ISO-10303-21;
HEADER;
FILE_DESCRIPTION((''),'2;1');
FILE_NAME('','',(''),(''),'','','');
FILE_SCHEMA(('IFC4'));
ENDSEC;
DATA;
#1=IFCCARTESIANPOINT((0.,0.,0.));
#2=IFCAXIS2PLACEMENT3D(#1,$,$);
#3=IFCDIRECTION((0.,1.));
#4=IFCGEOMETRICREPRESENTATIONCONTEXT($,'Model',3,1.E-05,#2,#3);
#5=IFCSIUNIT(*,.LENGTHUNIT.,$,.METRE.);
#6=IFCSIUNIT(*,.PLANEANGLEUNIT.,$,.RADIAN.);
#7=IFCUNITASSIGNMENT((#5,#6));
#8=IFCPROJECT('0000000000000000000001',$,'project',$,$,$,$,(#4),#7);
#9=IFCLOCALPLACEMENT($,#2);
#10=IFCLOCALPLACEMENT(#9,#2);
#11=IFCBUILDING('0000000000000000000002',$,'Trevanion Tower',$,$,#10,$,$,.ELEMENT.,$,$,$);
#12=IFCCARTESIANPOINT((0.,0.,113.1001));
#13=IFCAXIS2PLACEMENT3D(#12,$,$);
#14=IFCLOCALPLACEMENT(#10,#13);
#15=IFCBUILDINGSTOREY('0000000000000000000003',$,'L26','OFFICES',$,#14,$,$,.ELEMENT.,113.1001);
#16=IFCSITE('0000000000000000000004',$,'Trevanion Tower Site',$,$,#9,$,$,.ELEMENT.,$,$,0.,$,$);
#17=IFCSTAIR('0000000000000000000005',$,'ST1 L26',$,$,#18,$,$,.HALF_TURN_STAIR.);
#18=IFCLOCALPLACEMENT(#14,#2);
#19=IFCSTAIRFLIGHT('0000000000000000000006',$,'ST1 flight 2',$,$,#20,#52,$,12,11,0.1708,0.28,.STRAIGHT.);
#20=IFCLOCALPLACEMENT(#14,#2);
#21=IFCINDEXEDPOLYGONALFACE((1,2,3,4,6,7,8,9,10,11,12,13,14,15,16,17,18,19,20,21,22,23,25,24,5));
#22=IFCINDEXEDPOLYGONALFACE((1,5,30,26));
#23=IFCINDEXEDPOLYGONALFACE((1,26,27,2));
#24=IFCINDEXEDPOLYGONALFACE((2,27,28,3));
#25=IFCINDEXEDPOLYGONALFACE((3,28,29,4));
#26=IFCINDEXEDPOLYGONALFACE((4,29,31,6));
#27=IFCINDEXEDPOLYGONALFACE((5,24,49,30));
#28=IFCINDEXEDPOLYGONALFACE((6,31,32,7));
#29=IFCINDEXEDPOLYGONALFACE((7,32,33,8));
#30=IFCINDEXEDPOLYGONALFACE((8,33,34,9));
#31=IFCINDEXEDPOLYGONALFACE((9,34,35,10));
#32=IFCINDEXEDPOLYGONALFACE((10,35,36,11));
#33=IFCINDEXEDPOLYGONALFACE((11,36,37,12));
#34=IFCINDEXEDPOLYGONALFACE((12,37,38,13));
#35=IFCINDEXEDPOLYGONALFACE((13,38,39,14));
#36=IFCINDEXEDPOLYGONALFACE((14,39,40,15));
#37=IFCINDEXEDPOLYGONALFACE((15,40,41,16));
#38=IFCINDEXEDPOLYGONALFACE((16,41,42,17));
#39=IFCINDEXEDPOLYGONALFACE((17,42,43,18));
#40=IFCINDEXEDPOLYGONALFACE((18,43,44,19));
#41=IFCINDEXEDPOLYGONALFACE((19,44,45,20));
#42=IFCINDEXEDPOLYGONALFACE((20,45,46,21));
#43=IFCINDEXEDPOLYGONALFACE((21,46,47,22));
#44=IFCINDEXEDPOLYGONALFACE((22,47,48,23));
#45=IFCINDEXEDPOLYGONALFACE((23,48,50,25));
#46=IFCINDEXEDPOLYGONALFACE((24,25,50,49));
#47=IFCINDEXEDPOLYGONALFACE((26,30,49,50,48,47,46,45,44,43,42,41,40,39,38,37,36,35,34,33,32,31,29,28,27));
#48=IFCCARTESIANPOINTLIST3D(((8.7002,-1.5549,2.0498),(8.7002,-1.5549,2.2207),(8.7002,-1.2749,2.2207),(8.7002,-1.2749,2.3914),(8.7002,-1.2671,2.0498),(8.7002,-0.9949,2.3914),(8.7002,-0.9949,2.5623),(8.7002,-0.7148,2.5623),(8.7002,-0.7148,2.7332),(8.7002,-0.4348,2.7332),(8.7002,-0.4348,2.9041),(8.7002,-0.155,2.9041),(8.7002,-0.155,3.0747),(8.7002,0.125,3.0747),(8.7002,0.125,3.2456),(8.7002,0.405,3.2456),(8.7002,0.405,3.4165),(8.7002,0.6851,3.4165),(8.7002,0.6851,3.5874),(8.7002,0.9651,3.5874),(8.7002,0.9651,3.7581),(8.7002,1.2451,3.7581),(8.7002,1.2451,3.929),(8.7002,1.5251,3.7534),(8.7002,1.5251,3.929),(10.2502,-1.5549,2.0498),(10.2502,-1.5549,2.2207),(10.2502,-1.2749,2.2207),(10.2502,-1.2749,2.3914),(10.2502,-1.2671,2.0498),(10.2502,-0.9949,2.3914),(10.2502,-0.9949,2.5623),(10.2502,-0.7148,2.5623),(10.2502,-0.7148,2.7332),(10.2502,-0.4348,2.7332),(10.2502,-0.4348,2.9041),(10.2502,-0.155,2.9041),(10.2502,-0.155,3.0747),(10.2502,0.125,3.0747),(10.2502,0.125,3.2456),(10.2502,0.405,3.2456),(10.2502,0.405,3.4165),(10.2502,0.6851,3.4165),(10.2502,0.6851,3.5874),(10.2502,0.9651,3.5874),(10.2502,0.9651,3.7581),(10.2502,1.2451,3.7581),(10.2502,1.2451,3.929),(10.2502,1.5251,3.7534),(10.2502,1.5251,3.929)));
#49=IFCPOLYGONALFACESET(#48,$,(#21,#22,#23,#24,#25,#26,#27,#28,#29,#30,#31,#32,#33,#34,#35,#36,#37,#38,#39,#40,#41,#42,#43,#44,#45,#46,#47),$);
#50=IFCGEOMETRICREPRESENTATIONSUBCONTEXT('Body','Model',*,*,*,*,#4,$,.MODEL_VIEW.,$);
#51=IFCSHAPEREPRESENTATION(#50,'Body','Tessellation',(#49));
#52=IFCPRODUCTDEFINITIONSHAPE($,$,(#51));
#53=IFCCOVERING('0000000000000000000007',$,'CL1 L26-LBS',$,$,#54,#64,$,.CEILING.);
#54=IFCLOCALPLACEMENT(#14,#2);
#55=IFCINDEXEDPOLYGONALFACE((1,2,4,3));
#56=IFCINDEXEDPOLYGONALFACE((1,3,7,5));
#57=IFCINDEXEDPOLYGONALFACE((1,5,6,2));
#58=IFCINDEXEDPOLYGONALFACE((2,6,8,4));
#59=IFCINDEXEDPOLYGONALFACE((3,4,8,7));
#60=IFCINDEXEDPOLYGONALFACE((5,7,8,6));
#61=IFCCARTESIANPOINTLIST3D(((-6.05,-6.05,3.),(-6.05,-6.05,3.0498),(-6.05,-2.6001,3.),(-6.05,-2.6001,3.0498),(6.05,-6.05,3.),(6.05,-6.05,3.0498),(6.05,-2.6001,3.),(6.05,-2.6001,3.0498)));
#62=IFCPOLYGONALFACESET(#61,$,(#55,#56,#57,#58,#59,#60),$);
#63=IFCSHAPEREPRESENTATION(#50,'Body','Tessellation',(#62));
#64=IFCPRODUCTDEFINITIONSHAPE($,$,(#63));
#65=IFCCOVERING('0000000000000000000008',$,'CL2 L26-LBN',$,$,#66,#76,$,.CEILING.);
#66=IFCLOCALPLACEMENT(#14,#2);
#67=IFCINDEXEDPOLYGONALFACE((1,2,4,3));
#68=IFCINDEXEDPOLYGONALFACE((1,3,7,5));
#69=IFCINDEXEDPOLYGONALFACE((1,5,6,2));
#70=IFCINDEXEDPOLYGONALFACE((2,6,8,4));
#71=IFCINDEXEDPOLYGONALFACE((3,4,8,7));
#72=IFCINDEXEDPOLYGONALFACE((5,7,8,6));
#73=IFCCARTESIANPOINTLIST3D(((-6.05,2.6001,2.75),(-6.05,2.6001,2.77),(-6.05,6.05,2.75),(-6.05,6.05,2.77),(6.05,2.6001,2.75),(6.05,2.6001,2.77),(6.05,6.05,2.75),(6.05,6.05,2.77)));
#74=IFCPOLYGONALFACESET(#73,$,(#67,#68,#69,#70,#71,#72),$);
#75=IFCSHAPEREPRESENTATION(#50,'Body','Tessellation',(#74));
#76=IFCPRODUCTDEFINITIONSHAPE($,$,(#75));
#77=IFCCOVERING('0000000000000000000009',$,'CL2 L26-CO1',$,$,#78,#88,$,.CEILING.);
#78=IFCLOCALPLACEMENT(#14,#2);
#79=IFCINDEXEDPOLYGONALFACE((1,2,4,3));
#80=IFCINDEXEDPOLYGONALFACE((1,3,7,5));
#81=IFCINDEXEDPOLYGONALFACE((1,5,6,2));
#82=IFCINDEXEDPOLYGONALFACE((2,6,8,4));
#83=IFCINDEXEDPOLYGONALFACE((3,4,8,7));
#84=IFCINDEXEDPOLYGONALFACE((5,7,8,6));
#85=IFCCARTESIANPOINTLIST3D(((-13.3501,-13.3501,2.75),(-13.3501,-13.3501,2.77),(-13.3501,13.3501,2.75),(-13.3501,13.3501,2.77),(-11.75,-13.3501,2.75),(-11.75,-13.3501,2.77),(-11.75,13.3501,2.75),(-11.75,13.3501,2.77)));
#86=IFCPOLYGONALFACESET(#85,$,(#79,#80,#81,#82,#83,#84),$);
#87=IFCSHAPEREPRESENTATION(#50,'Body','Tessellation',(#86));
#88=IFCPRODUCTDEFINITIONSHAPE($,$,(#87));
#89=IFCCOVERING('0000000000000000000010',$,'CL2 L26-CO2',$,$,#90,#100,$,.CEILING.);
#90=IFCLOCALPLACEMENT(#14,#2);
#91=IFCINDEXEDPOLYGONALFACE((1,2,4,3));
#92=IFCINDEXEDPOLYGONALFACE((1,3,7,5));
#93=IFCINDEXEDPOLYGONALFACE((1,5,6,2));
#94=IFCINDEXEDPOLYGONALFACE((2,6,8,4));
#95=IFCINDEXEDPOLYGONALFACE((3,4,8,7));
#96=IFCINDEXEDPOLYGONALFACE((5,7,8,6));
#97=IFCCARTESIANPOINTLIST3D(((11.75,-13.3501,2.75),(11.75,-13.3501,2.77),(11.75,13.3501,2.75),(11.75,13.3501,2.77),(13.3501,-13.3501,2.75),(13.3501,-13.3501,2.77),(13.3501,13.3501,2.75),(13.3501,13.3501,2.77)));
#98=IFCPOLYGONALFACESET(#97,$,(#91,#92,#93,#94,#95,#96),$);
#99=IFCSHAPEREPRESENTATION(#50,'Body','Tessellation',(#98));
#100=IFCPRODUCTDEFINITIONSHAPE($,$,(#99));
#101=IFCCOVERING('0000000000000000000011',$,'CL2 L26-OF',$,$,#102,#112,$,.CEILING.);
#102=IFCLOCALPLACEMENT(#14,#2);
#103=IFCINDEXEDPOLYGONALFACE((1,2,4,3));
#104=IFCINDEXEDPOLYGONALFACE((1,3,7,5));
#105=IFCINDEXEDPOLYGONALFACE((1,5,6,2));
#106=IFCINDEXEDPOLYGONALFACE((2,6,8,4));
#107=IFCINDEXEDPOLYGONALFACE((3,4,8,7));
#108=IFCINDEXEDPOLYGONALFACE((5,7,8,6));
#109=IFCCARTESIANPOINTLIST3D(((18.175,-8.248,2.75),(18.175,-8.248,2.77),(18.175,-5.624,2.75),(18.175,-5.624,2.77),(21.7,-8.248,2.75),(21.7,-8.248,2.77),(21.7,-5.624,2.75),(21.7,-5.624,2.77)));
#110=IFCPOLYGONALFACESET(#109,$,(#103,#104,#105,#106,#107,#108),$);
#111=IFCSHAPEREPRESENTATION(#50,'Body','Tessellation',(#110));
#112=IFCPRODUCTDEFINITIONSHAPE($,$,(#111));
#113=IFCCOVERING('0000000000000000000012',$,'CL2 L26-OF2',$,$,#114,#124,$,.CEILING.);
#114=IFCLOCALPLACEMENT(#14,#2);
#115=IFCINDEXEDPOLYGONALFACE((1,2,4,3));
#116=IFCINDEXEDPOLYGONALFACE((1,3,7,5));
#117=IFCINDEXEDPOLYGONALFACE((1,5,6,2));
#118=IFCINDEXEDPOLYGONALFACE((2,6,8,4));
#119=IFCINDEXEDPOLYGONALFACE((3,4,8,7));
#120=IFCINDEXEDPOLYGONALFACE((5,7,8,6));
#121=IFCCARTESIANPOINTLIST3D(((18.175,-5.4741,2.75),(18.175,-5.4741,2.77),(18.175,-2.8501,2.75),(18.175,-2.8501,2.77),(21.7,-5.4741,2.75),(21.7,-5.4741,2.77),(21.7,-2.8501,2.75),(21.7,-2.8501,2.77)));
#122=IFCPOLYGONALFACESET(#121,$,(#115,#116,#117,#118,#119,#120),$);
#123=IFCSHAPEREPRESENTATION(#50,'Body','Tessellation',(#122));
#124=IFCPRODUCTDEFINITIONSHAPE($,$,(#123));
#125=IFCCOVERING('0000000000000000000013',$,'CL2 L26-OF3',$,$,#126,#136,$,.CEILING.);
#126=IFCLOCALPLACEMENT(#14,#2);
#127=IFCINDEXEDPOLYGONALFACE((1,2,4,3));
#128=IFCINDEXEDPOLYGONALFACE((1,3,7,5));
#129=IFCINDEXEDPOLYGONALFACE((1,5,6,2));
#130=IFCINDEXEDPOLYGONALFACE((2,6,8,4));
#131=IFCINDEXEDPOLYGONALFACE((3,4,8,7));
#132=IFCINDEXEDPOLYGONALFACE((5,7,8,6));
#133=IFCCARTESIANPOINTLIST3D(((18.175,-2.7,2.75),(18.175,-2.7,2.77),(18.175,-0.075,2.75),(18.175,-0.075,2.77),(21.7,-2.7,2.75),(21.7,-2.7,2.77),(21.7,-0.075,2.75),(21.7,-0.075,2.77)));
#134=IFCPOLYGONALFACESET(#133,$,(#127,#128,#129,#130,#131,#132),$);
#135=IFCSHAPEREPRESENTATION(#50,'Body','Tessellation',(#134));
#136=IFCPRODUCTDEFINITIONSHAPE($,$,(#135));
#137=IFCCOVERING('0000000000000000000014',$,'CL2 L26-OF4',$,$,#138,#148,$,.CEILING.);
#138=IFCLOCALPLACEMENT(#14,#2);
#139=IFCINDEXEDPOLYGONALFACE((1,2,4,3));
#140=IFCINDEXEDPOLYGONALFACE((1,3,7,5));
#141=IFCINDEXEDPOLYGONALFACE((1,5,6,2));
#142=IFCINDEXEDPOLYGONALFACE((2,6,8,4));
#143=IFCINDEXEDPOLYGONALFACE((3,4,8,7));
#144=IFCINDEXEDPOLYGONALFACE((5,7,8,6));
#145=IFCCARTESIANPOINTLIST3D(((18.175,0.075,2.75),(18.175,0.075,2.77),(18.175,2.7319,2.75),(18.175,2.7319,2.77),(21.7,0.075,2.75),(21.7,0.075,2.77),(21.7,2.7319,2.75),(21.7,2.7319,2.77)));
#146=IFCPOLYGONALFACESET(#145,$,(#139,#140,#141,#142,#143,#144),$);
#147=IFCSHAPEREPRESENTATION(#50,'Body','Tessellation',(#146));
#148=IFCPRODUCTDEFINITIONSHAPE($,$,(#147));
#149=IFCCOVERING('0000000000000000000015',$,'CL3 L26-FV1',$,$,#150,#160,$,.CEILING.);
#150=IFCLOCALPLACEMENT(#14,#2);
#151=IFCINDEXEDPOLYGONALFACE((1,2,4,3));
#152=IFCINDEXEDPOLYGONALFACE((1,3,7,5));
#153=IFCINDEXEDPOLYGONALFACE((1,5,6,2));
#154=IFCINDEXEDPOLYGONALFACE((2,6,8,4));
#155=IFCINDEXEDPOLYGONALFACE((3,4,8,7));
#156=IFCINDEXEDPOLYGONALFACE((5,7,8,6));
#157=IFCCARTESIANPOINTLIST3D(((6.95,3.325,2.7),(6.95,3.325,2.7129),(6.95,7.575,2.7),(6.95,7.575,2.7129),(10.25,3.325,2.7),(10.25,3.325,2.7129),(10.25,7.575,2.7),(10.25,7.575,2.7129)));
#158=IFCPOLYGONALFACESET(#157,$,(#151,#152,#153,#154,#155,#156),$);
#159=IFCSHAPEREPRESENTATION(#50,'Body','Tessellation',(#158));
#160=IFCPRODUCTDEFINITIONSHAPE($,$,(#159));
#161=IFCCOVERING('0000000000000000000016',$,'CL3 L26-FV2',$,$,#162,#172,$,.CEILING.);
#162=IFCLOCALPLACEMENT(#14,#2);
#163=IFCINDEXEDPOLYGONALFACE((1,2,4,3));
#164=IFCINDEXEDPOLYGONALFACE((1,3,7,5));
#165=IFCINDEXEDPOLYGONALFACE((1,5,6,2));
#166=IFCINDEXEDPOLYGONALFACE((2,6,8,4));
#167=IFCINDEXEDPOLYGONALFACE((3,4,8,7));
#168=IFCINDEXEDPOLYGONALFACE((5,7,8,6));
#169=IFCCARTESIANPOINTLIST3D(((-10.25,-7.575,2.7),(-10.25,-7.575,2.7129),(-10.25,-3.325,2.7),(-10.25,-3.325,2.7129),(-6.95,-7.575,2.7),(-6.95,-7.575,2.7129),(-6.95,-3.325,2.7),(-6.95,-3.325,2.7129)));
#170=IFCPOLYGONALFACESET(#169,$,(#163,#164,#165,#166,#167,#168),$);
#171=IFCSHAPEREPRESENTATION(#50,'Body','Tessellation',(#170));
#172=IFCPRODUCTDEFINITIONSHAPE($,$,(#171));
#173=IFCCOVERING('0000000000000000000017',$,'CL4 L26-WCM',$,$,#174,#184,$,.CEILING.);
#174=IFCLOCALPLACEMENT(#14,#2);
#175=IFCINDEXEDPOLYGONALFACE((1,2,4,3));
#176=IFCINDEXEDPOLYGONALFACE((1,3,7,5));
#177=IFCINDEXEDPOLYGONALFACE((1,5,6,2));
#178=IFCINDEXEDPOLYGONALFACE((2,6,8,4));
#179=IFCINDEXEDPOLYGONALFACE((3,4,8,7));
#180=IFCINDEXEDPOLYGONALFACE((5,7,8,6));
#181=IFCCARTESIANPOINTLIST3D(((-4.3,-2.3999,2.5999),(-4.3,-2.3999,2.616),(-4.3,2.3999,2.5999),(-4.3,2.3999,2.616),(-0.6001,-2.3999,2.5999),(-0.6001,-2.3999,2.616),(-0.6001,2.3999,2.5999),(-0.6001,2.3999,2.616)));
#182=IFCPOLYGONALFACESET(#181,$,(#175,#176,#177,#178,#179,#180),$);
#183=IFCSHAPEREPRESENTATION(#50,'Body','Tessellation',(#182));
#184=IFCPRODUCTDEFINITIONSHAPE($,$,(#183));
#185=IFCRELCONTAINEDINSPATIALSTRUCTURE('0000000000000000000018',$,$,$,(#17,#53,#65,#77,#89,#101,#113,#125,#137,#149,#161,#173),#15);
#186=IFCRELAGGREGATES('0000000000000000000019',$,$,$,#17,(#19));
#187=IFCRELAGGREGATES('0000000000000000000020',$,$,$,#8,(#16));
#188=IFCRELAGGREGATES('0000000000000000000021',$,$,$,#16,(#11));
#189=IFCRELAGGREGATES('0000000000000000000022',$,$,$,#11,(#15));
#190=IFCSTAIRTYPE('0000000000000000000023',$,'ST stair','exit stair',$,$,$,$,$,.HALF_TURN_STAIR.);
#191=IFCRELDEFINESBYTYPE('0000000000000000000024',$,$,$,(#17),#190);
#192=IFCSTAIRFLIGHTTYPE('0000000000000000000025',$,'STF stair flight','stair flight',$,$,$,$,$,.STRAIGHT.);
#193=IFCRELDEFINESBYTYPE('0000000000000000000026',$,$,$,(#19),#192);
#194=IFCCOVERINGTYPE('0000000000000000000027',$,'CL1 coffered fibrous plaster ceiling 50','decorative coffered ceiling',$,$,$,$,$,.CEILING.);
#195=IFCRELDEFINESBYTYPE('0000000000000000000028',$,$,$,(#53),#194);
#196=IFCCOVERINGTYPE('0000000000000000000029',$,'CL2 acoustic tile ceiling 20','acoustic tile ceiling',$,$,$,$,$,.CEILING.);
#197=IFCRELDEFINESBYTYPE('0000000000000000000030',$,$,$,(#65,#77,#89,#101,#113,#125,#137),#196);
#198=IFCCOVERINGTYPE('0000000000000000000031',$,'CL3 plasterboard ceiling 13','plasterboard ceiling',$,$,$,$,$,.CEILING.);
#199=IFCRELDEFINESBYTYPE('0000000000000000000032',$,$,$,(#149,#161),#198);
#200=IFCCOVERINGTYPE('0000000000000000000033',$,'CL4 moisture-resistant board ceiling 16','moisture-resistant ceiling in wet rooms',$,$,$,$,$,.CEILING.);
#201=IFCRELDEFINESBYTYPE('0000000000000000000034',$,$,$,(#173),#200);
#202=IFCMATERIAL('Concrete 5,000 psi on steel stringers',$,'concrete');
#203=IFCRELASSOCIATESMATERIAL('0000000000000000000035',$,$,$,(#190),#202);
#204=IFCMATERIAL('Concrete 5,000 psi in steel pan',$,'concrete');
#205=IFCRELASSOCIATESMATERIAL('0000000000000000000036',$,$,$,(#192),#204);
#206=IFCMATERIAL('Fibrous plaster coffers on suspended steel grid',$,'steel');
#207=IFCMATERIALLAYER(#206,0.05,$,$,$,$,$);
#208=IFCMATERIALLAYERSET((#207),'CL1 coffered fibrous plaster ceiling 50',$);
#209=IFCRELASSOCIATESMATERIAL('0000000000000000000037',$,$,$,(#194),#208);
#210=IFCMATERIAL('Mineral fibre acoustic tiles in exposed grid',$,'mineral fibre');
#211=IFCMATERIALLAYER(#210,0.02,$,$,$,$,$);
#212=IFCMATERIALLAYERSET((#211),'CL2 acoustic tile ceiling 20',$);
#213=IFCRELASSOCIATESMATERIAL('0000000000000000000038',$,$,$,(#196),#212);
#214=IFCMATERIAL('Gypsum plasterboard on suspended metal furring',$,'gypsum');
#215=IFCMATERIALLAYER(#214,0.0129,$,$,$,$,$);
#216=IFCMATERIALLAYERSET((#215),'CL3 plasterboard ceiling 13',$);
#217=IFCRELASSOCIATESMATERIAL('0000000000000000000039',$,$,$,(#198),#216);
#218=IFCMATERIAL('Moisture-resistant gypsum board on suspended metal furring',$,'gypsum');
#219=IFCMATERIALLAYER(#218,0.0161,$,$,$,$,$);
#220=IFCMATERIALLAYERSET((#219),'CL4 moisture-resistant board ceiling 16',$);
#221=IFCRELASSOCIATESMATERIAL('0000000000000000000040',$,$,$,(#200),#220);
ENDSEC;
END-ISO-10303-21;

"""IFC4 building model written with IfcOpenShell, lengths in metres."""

from ifc_helpers import new_model, si_unit, direction, frame, origin, place, context, subcontext, project, spatial, polyline, outline, extrude, material, layer, layer_set, type_object, element, aggregate, save


model = new_model("IFC4")

# Units and contexts
model_context = context("Model", 3, precision=1e-05, world=origin(), true_north=direction((0.0, 1.0)))
body_context = subcontext(model_context, "Body", "Model", "MODEL_VIEW")
ifc_project = project(units=[si_unit("LENGTHUNIT", "METRE"), si_unit("PLANEANGLEUNIT", "RADIAN")], contexts=[model_context])

# Site, building, storey
site_placement = place(None, origin())
site = spatial("IfcSite", under=ifc_project, at=site_placement, Name="Trevanion Tower Site", CompositionType="ELEMENT", RefElevation=0.0)
building_placement = place(site_placement, origin())
building = spatial("IfcBuilding", under=site, at=building_placement, Name="Trevanion Tower", CompositionType="ELEMENT")
storey_placement = place(building_placement, frame((0.0, 0.0, 113.1001)))
storey = spatial("IfcBuildingStorey", under=building, at=storey_placement, Name="L26", Description="OFFICES", CompositionType="ELEMENT", Elevation=113.1001)

# Stair, stair flight
ifc_material_1 = material(Name="Concrete 5,000 psi on steel stringers", Category="concrete")
stair_type = type_object("IfcStairType", Name="ST stair", Description="exit stair", PredefinedType="HALF_TURN_STAIR", material=ifc_material_1)
stair_placement = place(storey_placement, origin())
stair = element("IfcStair", 1, at=stair_placement, inside=storey, type_object=stair_type, Name="ST1 L26", PredefinedType="HALF_TURN_STAIR")
ifc_material_2 = material(Name="Concrete 5,000 psi in steel pan", Category="concrete")
stair_flight_type = type_object("IfcStairFlightType", Name="STF stair flight", Description="stair flight", PredefinedType="STRAIGHT", material=ifc_material_2)
stair_flight_placement = place(storey_placement, frame((9.4751, -1.5549, 2.0498), z_axis=(0.0, 0.0, 1.0), x_axis=(0.0, 1.0, 0.0)))
stair_flight = element("IfcStairFlight", 2, at=stair_flight_placement, type_object=stair_flight_type, Name="ST1 flight 2", NumberOfRisers=12, NumberOfTreads=11, PredefinedType="STRAIGHT", RiserHeight=0.1708, TreadLength=0.28, context=body_context, shape_type="SweptSolid", body=[
    extrude(outline(polyline([(0.0, 0.0), (0.0, 0.1709), (0.28, 0.1709), (0.28, 0.3416), (0.5601, 0.3416), (0.5601, 0.5125), (0.8401, 0.5125), (0.8401, 0.6833), (1.1201, 0.6833), (1.1201, 0.8542), (1.3999, 0.8542), (1.3999, 1.0249), (1.6799, 1.0249), (1.6799, 1.1958), (1.96, 1.1958), (1.96, 1.3667), (2.24, 1.3667), (2.24, 1.5376), (2.52, 1.5376), (2.52, 1.7083), (2.8, 1.7083), (2.8, 1.8792), (3.0801, 1.8792), (3.0801, 2.05), (3.0801, 1.7036), (0.2878, 0.0), (0.0, 0.0)])), frame((0.0, 0.7749, 0.0), z_axis=(0.0, -1.0, 0.0), x_axis=(1.0, 0.0, 0.0)), (0.0, 0.0, 1.0), 1.55),
])
aggregate(stair, [stair_flight])

# Coverings
ifc_material_3 = material(Name="Fibrous plaster coffers on suspended steel grid", Category="steel")
ifc_layer_1 = layer(ifc_material_3, 0.05)
ifc_layer_set_1 = layer_set([ifc_layer_1], Name="CL1 coffered fibrous plaster ceiling 50")
covering_type_1 = type_object("IfcCoveringType", Name="CL1 coffered fibrous plaster ceiling 50", Description="decorative coffered ceiling", PredefinedType="CEILING", material=ifc_layer_set_1)
covering_1_placement = place(storey_placement, frame((0.0, 0.0, 3.0)))
element("IfcCovering", 3, at=covering_1_placement, inside=storey, type_object=covering_type_1, Name="CL1 L26-LBS", PredefinedType="CEILING", context=body_context, shape_type="SweptSolid", body=[
    extrude(outline(polyline([(6.05, -6.05), (6.05, -2.6001), (-6.05, -2.6001), (-6.05, -6.05), (6.05, -6.05)])), origin(), (0.0, 0.0, 1.0), 0.0498),
])
ifc_material_4 = material(Name="Mineral fibre acoustic tiles in exposed grid", Category="mineral fibre")
ifc_layer_2 = layer(ifc_material_4, 0.02)
ifc_layer_set_2 = layer_set([ifc_layer_2], Name="CL2 acoustic tile ceiling 20")
covering_type_2 = type_object("IfcCoveringType", Name="CL2 acoustic tile ceiling 20", Description="acoustic tile ceiling", PredefinedType="CEILING", material=ifc_layer_set_2)
covering_2_placement = place(storey_placement, frame((0.0, 0.0, 2.75)))
element("IfcCovering", 4, at=covering_2_placement, inside=storey, type_object=covering_type_2, Name="CL2 L26-LBN", PredefinedType="CEILING", context=body_context, shape_type="SweptSolid", body=[
    extrude(outline(polyline([(6.05, 2.6001), (6.05, 6.05), (-6.05, 6.05), (-6.05, 2.6001), (6.05, 2.6001)])), origin(), (0.0, 0.0, 1.0), 0.02),
])
covering_3_placement = place(storey_placement, frame((0.0, 0.0, 2.75)))
element("IfcCovering", 5, at=covering_3_placement, inside=storey, type_object=covering_type_2, Name="CL2 L26-CO1", PredefinedType="CEILING", context=body_context, shape_type="SweptSolid", body=[
    extrude(outline(polyline([(-11.75, 13.3501), (-11.75, -13.3501), (-13.3501, -13.3501), (-13.3501, 13.3501), (-11.75, 13.3501)])), origin(), (0.0, 0.0, 1.0), 0.02),
])
covering_4_placement = place(storey_placement, frame((0.0, 0.0, 2.75)))
element("IfcCovering", 6, at=covering_4_placement, inside=storey, type_object=covering_type_2, Name="CL2 L26-CO2", PredefinedType="CEILING", context=body_context, shape_type="SweptSolid", body=[
    extrude(outline(polyline([(11.75, 13.3501), (13.3501, 13.3501), (13.3501, -13.3501), (11.75, -13.3501), (11.75, 13.3501)])), origin(), (0.0, 0.0, 1.0), 0.02),
])
covering_5_placement = place(storey_placement, frame((0.0, 0.0, 2.75)))
element("IfcCovering", 7, at=covering_5_placement, inside=storey, type_object=covering_type_2, Name="CL2 L26-OF", PredefinedType="CEILING", context=body_context, shape_type="SweptSolid", body=[
    extrude(outline(polyline([(18.175, -8.248), (18.175, -5.624), (21.7, -5.624), (21.7, -8.248), (18.175, -8.248)])), origin(), (0.0, 0.0, 1.0), 0.02),
])
covering_6_placement = place(storey_placement, frame((0.0, 0.0, 2.75)))
element("IfcCovering", 8, at=covering_6_placement, inside=storey, type_object=covering_type_2, Name="CL2 L26-OF2", PredefinedType="CEILING", context=body_context, shape_type="SweptSolid", body=[
    extrude(outline(polyline([(18.175, -5.4741), (18.175, -2.8501), (21.7, -2.8501), (21.7, -5.4741), (18.175, -5.4741)])), origin(), (0.0, 0.0, 1.0), 0.02),
])
covering_7_placement = place(storey_placement, frame((0.0, 0.0, 2.75)))
element("IfcCovering", 9, at=covering_7_placement, inside=storey, type_object=covering_type_2, Name="CL2 L26-OF3", PredefinedType="CEILING", context=body_context, shape_type="SweptSolid", body=[
    extrude(outline(polyline([(18.175, -2.7), (18.175, -0.075), (21.7, -0.075), (21.7, -2.7), (18.175, -2.7)])), origin(), (0.0, 0.0, 1.0), 0.02),
])
covering_8_placement = place(storey_placement, frame((0.0, 0.0, 2.75)))
element("IfcCovering", 10, at=covering_8_placement, inside=storey, type_object=covering_type_2, Name="CL2 L26-OF4", PredefinedType="CEILING", context=body_context, shape_type="SweptSolid", body=[
    extrude(outline(polyline([(18.175, 0.075), (18.175, 2.7319), (21.7, 2.7319), (21.7, 0.075), (18.175, 0.075)])), origin(), (0.0, 0.0, 1.0), 0.02),
])
ifc_material_5 = material(Name="Gypsum plasterboard on suspended metal furring", Category="gypsum")
ifc_layer_3 = layer(ifc_material_5, 0.0129)
ifc_layer_set_3 = layer_set([ifc_layer_3], Name="CL3 plasterboard ceiling 13")
covering_type_3 = type_object("IfcCoveringType", Name="CL3 plasterboard ceiling 13", Description="plasterboard ceiling", PredefinedType="CEILING", material=ifc_layer_set_3)
covering_9_placement = place(storey_placement, frame((0.0, 0.0, 2.7)))
element("IfcCovering", 11, at=covering_9_placement, inside=storey, type_object=covering_type_3, Name="CL3 L26-FV1", PredefinedType="CEILING", context=body_context, shape_type="SweptSolid", body=[
    extrude(outline(polyline([(10.25, 3.325), (10.25, 7.575), (6.95, 7.575), (6.95, 3.325), (10.25, 3.325)])), origin(), (0.0, 0.0, 1.0), 0.0129),
])
covering_10_placement = place(storey_placement, frame((0.0, 0.0, 2.7)))
element("IfcCovering", 12, at=covering_10_placement, inside=storey, type_object=covering_type_3, Name="CL3 L26-FV2", PredefinedType="CEILING", context=body_context, shape_type="SweptSolid", body=[
    extrude(outline(polyline([(-10.25, -3.325), (-10.25, -7.575), (-6.95, -7.575), (-6.95, -3.325), (-10.25, -3.325)])), origin(), (0.0, 0.0, 1.0), 0.0129),
])
ifc_material_6 = material(Name="Moisture-resistant gypsum board on suspended metal furring", Category="gypsum")
ifc_layer_4 = layer(ifc_material_6, 0.0161)
ifc_layer_set_4 = layer_set([ifc_layer_4], Name="CL4 moisture-resistant board ceiling 16")
covering_type_4 = type_object("IfcCoveringType", Name="CL4 moisture-resistant board ceiling 16", Description="moisture-resistant ceiling in wet rooms", PredefinedType="CEILING", material=ifc_layer_set_4)
covering_11_placement = place(storey_placement, frame((0.0, 0.0, 2.5999)))
element("IfcCovering", 13, at=covering_11_placement, inside=storey, type_object=covering_type_4, Name="CL4 L26-WCM", PredefinedType="CEILING", context=body_context, shape_type="SweptSolid", body=[
    extrude(outline(polyline([(-0.6001, -2.3999), (-0.6001, 2.3999), (-4.3, 2.3999), (-4.3, -2.3999), (-0.6001, -2.3999)])), origin(), (0.0, 0.0, 1.0), 0.0161),
])

save(model, "model.ifc")
